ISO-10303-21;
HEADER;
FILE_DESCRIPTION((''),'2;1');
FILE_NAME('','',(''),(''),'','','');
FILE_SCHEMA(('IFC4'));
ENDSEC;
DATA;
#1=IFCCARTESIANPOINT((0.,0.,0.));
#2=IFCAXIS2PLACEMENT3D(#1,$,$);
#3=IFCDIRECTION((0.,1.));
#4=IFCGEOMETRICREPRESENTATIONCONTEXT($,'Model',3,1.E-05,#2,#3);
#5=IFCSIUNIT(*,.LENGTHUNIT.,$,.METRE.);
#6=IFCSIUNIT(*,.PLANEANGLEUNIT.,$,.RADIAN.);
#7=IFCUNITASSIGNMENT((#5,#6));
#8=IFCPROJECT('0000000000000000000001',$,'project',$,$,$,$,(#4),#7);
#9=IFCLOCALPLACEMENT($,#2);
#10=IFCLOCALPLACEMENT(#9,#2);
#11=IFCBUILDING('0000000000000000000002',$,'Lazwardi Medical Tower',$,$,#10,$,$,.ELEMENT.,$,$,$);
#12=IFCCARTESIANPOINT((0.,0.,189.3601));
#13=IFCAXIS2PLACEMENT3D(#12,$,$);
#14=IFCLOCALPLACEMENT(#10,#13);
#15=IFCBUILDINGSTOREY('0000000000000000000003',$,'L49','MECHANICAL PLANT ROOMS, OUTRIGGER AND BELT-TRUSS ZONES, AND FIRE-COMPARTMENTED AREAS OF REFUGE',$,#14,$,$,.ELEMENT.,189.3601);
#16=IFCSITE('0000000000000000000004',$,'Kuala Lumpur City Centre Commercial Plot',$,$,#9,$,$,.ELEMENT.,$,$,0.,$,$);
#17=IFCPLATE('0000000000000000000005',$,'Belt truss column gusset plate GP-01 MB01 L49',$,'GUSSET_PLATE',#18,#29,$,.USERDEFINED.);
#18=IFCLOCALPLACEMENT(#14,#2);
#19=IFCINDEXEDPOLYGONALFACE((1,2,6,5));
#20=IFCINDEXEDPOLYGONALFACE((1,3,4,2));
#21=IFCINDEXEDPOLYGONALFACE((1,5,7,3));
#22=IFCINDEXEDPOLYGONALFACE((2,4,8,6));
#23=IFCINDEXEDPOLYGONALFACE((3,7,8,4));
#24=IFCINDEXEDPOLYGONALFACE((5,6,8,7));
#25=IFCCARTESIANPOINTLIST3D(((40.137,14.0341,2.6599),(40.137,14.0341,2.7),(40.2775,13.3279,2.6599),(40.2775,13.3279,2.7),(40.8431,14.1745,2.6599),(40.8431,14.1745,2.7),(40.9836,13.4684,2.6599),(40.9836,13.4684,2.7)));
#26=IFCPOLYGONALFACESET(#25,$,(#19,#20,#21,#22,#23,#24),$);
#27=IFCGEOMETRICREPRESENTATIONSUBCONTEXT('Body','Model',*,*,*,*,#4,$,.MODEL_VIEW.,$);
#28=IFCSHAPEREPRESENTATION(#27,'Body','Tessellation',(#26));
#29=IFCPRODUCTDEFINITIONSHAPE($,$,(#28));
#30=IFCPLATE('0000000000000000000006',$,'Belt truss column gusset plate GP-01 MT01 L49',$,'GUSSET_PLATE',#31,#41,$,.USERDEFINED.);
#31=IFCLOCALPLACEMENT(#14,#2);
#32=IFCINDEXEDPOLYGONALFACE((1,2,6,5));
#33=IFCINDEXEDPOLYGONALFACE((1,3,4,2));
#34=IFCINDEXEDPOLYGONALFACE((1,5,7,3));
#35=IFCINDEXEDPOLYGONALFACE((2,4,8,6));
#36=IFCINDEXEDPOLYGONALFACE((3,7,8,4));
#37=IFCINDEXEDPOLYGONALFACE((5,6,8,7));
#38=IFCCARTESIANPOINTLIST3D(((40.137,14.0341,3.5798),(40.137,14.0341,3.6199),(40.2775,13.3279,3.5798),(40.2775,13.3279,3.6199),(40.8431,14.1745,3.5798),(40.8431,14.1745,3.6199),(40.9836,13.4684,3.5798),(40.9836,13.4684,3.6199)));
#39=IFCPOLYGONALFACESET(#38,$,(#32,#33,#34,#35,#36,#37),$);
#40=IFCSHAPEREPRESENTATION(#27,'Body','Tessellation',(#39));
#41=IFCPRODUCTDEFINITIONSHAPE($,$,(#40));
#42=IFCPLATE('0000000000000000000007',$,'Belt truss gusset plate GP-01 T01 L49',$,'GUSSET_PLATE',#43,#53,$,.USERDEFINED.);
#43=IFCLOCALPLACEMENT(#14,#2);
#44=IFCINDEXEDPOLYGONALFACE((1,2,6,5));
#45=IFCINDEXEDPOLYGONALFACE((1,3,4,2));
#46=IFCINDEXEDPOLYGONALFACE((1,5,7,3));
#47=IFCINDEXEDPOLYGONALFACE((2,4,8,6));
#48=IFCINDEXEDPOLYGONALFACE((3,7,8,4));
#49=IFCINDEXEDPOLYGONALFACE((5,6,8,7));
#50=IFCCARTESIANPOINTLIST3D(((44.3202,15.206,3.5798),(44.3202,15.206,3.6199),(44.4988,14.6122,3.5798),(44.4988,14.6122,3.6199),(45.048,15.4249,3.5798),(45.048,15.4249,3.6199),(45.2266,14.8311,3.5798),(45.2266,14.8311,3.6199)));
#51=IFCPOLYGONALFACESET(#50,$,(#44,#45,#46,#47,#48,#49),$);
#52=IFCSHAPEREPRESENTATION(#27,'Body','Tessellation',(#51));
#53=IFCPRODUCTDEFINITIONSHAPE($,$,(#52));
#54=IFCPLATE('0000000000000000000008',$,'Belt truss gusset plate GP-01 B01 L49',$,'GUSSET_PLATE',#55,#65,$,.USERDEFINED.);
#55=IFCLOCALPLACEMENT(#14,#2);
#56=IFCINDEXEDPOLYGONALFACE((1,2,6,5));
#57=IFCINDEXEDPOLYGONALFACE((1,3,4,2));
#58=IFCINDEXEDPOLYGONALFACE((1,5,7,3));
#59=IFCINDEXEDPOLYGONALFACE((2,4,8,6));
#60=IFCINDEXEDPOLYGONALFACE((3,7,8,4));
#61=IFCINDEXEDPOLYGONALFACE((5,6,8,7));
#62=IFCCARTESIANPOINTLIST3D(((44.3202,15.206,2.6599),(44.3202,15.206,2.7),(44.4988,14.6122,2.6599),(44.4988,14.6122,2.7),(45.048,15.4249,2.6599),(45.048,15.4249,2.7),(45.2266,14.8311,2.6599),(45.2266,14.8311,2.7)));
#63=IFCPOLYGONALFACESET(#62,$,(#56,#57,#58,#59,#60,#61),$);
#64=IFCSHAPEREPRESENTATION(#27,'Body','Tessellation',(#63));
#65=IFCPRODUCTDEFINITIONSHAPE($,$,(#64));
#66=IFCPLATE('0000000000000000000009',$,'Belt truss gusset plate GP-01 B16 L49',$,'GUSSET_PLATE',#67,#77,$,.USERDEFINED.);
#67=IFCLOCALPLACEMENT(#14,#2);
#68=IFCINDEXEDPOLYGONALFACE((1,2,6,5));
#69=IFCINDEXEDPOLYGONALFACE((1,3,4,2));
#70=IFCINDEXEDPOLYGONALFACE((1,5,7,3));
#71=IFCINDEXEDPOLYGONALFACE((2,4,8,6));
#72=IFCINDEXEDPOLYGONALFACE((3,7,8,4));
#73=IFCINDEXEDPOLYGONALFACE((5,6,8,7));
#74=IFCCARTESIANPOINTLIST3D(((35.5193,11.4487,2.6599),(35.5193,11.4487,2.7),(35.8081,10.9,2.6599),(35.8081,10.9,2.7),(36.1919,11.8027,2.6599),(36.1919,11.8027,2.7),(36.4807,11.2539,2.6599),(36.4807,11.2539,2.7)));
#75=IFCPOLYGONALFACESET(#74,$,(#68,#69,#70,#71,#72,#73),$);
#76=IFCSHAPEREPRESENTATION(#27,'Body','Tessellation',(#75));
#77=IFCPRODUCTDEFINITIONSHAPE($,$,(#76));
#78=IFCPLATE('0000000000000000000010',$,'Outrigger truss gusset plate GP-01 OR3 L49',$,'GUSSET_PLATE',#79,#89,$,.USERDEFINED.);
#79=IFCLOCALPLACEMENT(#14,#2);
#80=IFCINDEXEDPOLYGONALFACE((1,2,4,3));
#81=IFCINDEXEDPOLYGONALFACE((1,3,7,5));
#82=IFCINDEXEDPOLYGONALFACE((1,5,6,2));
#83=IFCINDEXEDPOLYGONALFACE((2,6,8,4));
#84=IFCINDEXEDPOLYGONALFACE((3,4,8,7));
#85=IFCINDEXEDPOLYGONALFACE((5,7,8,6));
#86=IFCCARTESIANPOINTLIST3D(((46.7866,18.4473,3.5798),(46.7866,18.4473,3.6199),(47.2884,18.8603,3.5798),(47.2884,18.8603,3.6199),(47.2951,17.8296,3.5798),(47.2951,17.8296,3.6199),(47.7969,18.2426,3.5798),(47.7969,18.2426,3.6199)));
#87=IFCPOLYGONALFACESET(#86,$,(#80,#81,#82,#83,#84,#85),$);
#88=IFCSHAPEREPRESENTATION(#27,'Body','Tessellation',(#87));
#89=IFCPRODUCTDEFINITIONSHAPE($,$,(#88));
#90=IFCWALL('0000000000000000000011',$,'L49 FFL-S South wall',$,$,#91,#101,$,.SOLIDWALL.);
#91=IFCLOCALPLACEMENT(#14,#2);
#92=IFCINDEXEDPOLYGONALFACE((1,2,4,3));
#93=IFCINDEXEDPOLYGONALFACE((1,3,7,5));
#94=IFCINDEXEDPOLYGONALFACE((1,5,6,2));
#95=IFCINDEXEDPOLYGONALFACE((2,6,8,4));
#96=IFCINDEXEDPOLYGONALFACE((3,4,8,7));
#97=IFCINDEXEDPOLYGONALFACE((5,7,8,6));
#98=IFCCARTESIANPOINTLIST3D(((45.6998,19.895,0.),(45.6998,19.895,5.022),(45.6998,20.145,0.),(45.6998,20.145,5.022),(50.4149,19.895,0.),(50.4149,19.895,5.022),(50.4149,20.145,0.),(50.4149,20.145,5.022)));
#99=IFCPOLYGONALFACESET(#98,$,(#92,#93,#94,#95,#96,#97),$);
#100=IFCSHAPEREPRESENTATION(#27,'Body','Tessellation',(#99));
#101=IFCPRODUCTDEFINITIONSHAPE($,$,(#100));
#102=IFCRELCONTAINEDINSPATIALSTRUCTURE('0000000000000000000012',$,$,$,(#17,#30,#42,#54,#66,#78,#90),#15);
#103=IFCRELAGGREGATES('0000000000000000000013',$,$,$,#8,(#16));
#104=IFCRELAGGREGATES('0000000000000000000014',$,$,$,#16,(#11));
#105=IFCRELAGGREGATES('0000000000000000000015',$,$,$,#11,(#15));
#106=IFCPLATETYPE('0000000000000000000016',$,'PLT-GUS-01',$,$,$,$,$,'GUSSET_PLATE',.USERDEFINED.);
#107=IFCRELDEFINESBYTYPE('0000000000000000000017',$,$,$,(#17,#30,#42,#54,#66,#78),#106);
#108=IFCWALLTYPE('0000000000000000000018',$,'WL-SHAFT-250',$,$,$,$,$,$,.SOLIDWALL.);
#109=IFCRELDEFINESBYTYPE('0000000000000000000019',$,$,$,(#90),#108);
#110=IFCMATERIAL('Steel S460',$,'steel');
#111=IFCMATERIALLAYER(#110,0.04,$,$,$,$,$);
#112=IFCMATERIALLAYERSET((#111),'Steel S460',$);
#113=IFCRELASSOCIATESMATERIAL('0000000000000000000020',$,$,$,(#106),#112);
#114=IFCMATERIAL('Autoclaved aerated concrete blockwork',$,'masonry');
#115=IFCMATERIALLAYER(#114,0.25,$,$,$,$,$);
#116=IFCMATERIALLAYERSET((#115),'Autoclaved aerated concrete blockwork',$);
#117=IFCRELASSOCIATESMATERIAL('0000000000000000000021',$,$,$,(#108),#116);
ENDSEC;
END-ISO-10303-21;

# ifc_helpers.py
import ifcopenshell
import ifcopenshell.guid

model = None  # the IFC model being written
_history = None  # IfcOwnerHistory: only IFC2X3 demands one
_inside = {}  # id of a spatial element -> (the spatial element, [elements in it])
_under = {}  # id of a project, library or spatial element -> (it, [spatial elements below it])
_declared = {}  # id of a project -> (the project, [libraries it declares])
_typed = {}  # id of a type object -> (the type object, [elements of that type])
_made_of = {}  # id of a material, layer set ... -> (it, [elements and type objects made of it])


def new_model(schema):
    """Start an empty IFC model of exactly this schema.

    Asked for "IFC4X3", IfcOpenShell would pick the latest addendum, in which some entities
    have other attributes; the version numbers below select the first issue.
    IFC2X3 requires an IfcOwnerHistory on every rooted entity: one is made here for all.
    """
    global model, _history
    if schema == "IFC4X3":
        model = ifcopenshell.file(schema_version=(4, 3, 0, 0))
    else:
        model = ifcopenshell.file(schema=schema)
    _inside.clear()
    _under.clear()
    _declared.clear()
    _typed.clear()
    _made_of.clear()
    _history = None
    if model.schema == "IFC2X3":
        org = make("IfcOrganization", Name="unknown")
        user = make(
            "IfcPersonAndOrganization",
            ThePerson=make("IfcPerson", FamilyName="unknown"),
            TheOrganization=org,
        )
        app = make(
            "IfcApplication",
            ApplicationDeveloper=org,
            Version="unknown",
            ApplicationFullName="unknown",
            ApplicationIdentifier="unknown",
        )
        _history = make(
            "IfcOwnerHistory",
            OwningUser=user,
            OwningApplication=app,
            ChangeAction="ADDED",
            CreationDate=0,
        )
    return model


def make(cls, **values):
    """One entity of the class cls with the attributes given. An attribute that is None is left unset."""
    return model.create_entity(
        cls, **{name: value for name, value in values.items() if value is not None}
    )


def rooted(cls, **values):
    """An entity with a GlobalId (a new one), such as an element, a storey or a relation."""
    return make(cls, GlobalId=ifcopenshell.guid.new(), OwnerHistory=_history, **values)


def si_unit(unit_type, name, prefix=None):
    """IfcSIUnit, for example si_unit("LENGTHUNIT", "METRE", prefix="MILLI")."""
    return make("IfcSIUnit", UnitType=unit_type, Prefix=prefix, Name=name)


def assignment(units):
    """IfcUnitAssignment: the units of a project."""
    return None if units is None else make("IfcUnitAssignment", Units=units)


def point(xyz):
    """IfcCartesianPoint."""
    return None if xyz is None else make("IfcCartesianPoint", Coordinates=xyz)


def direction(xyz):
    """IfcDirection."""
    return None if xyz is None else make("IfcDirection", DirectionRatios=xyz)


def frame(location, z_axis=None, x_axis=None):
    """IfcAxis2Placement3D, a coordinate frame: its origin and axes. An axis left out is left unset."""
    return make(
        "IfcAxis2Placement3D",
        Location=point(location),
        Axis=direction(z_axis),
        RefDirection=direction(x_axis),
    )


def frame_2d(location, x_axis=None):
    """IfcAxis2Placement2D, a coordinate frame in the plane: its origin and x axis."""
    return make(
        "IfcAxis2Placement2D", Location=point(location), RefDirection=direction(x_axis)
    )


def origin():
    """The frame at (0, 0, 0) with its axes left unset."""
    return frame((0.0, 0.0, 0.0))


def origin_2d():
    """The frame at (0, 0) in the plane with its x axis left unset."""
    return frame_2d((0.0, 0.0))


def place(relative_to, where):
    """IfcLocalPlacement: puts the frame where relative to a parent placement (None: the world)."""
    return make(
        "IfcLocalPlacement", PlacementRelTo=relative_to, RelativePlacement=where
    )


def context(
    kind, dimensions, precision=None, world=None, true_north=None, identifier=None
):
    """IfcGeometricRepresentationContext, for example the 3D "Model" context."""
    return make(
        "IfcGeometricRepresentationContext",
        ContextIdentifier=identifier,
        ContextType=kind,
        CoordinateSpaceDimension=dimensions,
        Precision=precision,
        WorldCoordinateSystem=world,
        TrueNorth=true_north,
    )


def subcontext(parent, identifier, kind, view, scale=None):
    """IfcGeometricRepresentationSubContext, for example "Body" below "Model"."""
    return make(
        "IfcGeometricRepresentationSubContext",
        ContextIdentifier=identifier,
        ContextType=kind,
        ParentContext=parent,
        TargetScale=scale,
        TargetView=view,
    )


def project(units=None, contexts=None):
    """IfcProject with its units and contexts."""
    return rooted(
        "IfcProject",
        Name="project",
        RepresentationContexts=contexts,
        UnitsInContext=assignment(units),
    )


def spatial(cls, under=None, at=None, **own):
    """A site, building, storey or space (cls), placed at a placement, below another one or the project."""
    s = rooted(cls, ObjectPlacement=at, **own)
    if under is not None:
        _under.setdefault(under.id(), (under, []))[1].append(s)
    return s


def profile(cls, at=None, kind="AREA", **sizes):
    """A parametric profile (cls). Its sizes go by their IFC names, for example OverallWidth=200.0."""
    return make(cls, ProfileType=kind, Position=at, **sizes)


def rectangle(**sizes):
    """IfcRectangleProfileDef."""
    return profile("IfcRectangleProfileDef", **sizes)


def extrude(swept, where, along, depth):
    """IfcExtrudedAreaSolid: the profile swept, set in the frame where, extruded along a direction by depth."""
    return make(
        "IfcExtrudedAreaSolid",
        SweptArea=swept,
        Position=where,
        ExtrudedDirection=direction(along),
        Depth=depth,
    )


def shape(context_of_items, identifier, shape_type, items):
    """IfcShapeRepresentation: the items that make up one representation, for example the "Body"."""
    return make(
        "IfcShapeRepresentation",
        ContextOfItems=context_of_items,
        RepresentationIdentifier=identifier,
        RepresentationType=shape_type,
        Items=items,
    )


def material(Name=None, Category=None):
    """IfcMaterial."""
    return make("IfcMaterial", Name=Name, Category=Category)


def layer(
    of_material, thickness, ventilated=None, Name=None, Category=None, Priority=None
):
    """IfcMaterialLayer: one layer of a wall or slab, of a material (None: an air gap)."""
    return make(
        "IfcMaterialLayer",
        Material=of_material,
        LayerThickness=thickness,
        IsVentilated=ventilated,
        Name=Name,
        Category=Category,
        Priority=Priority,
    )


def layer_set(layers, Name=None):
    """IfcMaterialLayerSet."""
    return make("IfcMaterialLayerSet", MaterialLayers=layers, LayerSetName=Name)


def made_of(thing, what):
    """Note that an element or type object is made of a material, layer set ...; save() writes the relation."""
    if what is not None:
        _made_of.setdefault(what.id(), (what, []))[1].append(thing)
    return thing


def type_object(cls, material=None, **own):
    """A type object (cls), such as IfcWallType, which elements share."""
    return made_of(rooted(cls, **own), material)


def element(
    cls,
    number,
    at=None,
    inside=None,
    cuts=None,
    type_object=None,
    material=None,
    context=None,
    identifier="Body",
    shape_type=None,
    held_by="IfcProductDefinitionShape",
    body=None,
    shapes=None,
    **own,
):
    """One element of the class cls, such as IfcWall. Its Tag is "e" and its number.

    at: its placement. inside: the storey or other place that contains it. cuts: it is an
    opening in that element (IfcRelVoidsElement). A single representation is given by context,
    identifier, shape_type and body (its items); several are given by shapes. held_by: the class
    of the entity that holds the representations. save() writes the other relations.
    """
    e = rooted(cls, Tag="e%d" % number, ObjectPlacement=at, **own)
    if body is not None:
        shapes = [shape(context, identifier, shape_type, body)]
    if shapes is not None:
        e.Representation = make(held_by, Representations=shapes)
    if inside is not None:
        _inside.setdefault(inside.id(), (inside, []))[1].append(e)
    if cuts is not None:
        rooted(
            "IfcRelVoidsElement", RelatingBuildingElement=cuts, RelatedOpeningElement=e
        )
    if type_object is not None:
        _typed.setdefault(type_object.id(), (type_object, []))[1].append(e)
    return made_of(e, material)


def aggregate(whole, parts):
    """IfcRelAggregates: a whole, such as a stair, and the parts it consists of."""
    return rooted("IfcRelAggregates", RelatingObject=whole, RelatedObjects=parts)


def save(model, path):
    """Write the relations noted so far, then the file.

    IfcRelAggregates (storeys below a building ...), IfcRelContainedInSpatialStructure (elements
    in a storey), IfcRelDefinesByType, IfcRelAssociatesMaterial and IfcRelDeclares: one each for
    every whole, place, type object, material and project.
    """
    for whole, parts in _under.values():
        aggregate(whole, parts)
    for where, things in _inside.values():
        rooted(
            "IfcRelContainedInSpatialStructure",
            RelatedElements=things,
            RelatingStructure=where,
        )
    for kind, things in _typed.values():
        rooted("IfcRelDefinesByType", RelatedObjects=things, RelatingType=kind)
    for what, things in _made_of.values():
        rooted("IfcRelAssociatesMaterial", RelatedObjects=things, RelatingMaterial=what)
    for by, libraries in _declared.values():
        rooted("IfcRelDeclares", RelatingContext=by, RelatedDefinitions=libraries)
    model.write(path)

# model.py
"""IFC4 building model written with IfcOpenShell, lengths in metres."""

from ifc_helpers import new_model, si_unit, direction, frame, frame_2d, origin, origin_2d, place, context, subcontext, project, spatial, rectangle, extrude, material, layer, layer_set, type_object, element, save


model = new_model("IFC4")

# Units and contexts
model_context = context("Model", 3, precision=1e-05, world=origin(), true_north=direction((0.0, 1.0)))
body_context = subcontext(model_context, "Body", "Model", "MODEL_VIEW")
ifc_project = project(units=[si_unit("LENGTHUNIT", "METRE"), si_unit("PLANEANGLEUNIT", "RADIAN")], contexts=[model_context])

# Site, building, storey
site_placement = place(None, origin())
site = spatial("IfcSite", under=ifc_project, at=site_placement, Name="Kuala Lumpur City Centre Commercial Plot", CompositionType="ELEMENT", RefElevation=0.0)
building_placement = place(site_placement, origin())
building = spatial("IfcBuilding", under=site, at=building_placement, Name="Lazwardi Medical Tower", CompositionType="ELEMENT")
storey_placement = place(building_placement, frame((0.0, 0.0, 189.3601)))
storey = spatial("IfcBuildingStorey", under=building, at=storey_placement, Name="L49", Description="MECHANICAL PLANT ROOMS, OUTRIGGER AND BELT-TRUSS ZONES, AND FIRE-COMPARTMENTED AREAS OF REFUGE", CompositionType="ELEMENT", Elevation=189.3601)

# Shared definitions
ifc_material_1 = material(Name="Steel S460", Category="steel")

# Plates
ifc_layer_1 = layer(ifc_material_1, 0.04)
ifc_layer_set_1 = layer_set([ifc_layer_1], Name="Steel S460")
plate_type = type_object("IfcPlateType", Name="PLT-GUS-01", ElementType="GUSSET_PLATE", PredefinedType="USERDEFINED", material=ifc_layer_set_1)
for number, where, z_axis, x_axis, name in (
    (1, (40.5603, 13.7512, 2.6599), (0.0, 0.0, 1.0), (0.19509, -0.980785, 0.0), "Belt truss column gusset plate GP-01 MB01 L49"),
    (2, (40.5603, 13.7512, 3.5798), (0.0, 0.0, 1.0), (0.19509, -0.980785, 0.0), "Belt truss column gusset plate GP-01 MT01 L49"),
):
    element("IfcPlate", number, at=place(storey_placement, frame(where, z_axis=z_axis, x_axis=x_axis)), inside=storey, type_object=plate_type, Name=name, ObjectType="GUSSET_PLATE", PredefinedType="USERDEFINED", context=body_context, shape_type="SweptSolid", body=[
        extrude(rectangle(XDim=0.72, YDim=0.72, at=origin_2d()), origin(), (0.0, 0.0, 1.0), 0.04),
    ])
for number, where, z_axis, x_axis, name in (
    (3, (44.7734, 15.0186, 3.5798), (0.0, 0.0, 1.0), (0.957622, 0.288029, 0.0), "Belt truss gusset plate GP-01 T01 L49"),
    (4, (44.7734, 15.0186, 2.6599), (0.0, 0.0, 1.0), (0.957622, 0.288029, 0.0), "Belt truss gusset plate GP-01 B01 L49"),
    (5, (36.0, 11.3513, 2.6599), (0.0, 0.0, 1.0), (0.884906, 0.465769, 0.0), "Belt truss gusset plate GP-01 B16 L49"),
):
    element("IfcPlate", number, at=place(storey_placement, frame(where, z_axis=z_axis, x_axis=x_axis)), inside=storey, type_object=plate_type, Name=name, ObjectType="GUSSET_PLATE", PredefinedType="USERDEFINED", context=body_context, shape_type="SweptSolid", body=[
        extrude(rectangle(XDim=0.76, YDim=0.6201, at=origin_2d()), origin(), (0.0, 0.0, 1.0), 0.04),
    ])
plate_placement = place(storey_placement, frame((47.2917, 18.345, 3.5798), z_axis=(0.0, 0.0, 1.0), x_axis=(0.635539, -0.772068, 0.0)))
element("IfcPlate", 6, at=plate_placement, inside=storey, type_object=plate_type, Name="Outrigger truss gusset plate GP-01 OR3 L49", ObjectType="GUSSET_PLATE", PredefinedType="USERDEFINED", context=body_context, shape_type="SweptSolid", body=[
    extrude(rectangle(XDim=0.8, YDim=0.6499, at=origin_2d()), origin(), (0.0, 0.0, 1.0), 0.04),
])

# Wall
ifc_material_2 = material(Name="Autoclaved aerated concrete blockwork", Category="masonry")
ifc_layer_2 = layer(ifc_material_2, 0.25)
ifc_layer_set_2 = layer_set([ifc_layer_2], Name="Autoclaved aerated concrete blockwork")
wall_type = type_object("IfcWallType", Name="WL-SHAFT-250", PredefinedType="SOLIDWALL", material=ifc_layer_set_2)
wall_placement = place(storey_placement, frame((45.7, 20.02, 0.0), z_axis=(0.0, 0.0, 1.0), x_axis=(1.0, 0.0, 0.0)))
element("IfcWall", 7, at=wall_placement, inside=storey, type_object=wall_type, Name="L49 FFL-S South wall", PredefinedType="SOLIDWALL", context=body_context, shape_type="SweptSolid", body=[
    extrude(rectangle(XDim=4.7151, YDim=0.25, at=frame_2d((2.3574, 0.0))), origin(), (0.0, 0.0, 1.0), 5.022),
])

save(model, "model.ifc")
